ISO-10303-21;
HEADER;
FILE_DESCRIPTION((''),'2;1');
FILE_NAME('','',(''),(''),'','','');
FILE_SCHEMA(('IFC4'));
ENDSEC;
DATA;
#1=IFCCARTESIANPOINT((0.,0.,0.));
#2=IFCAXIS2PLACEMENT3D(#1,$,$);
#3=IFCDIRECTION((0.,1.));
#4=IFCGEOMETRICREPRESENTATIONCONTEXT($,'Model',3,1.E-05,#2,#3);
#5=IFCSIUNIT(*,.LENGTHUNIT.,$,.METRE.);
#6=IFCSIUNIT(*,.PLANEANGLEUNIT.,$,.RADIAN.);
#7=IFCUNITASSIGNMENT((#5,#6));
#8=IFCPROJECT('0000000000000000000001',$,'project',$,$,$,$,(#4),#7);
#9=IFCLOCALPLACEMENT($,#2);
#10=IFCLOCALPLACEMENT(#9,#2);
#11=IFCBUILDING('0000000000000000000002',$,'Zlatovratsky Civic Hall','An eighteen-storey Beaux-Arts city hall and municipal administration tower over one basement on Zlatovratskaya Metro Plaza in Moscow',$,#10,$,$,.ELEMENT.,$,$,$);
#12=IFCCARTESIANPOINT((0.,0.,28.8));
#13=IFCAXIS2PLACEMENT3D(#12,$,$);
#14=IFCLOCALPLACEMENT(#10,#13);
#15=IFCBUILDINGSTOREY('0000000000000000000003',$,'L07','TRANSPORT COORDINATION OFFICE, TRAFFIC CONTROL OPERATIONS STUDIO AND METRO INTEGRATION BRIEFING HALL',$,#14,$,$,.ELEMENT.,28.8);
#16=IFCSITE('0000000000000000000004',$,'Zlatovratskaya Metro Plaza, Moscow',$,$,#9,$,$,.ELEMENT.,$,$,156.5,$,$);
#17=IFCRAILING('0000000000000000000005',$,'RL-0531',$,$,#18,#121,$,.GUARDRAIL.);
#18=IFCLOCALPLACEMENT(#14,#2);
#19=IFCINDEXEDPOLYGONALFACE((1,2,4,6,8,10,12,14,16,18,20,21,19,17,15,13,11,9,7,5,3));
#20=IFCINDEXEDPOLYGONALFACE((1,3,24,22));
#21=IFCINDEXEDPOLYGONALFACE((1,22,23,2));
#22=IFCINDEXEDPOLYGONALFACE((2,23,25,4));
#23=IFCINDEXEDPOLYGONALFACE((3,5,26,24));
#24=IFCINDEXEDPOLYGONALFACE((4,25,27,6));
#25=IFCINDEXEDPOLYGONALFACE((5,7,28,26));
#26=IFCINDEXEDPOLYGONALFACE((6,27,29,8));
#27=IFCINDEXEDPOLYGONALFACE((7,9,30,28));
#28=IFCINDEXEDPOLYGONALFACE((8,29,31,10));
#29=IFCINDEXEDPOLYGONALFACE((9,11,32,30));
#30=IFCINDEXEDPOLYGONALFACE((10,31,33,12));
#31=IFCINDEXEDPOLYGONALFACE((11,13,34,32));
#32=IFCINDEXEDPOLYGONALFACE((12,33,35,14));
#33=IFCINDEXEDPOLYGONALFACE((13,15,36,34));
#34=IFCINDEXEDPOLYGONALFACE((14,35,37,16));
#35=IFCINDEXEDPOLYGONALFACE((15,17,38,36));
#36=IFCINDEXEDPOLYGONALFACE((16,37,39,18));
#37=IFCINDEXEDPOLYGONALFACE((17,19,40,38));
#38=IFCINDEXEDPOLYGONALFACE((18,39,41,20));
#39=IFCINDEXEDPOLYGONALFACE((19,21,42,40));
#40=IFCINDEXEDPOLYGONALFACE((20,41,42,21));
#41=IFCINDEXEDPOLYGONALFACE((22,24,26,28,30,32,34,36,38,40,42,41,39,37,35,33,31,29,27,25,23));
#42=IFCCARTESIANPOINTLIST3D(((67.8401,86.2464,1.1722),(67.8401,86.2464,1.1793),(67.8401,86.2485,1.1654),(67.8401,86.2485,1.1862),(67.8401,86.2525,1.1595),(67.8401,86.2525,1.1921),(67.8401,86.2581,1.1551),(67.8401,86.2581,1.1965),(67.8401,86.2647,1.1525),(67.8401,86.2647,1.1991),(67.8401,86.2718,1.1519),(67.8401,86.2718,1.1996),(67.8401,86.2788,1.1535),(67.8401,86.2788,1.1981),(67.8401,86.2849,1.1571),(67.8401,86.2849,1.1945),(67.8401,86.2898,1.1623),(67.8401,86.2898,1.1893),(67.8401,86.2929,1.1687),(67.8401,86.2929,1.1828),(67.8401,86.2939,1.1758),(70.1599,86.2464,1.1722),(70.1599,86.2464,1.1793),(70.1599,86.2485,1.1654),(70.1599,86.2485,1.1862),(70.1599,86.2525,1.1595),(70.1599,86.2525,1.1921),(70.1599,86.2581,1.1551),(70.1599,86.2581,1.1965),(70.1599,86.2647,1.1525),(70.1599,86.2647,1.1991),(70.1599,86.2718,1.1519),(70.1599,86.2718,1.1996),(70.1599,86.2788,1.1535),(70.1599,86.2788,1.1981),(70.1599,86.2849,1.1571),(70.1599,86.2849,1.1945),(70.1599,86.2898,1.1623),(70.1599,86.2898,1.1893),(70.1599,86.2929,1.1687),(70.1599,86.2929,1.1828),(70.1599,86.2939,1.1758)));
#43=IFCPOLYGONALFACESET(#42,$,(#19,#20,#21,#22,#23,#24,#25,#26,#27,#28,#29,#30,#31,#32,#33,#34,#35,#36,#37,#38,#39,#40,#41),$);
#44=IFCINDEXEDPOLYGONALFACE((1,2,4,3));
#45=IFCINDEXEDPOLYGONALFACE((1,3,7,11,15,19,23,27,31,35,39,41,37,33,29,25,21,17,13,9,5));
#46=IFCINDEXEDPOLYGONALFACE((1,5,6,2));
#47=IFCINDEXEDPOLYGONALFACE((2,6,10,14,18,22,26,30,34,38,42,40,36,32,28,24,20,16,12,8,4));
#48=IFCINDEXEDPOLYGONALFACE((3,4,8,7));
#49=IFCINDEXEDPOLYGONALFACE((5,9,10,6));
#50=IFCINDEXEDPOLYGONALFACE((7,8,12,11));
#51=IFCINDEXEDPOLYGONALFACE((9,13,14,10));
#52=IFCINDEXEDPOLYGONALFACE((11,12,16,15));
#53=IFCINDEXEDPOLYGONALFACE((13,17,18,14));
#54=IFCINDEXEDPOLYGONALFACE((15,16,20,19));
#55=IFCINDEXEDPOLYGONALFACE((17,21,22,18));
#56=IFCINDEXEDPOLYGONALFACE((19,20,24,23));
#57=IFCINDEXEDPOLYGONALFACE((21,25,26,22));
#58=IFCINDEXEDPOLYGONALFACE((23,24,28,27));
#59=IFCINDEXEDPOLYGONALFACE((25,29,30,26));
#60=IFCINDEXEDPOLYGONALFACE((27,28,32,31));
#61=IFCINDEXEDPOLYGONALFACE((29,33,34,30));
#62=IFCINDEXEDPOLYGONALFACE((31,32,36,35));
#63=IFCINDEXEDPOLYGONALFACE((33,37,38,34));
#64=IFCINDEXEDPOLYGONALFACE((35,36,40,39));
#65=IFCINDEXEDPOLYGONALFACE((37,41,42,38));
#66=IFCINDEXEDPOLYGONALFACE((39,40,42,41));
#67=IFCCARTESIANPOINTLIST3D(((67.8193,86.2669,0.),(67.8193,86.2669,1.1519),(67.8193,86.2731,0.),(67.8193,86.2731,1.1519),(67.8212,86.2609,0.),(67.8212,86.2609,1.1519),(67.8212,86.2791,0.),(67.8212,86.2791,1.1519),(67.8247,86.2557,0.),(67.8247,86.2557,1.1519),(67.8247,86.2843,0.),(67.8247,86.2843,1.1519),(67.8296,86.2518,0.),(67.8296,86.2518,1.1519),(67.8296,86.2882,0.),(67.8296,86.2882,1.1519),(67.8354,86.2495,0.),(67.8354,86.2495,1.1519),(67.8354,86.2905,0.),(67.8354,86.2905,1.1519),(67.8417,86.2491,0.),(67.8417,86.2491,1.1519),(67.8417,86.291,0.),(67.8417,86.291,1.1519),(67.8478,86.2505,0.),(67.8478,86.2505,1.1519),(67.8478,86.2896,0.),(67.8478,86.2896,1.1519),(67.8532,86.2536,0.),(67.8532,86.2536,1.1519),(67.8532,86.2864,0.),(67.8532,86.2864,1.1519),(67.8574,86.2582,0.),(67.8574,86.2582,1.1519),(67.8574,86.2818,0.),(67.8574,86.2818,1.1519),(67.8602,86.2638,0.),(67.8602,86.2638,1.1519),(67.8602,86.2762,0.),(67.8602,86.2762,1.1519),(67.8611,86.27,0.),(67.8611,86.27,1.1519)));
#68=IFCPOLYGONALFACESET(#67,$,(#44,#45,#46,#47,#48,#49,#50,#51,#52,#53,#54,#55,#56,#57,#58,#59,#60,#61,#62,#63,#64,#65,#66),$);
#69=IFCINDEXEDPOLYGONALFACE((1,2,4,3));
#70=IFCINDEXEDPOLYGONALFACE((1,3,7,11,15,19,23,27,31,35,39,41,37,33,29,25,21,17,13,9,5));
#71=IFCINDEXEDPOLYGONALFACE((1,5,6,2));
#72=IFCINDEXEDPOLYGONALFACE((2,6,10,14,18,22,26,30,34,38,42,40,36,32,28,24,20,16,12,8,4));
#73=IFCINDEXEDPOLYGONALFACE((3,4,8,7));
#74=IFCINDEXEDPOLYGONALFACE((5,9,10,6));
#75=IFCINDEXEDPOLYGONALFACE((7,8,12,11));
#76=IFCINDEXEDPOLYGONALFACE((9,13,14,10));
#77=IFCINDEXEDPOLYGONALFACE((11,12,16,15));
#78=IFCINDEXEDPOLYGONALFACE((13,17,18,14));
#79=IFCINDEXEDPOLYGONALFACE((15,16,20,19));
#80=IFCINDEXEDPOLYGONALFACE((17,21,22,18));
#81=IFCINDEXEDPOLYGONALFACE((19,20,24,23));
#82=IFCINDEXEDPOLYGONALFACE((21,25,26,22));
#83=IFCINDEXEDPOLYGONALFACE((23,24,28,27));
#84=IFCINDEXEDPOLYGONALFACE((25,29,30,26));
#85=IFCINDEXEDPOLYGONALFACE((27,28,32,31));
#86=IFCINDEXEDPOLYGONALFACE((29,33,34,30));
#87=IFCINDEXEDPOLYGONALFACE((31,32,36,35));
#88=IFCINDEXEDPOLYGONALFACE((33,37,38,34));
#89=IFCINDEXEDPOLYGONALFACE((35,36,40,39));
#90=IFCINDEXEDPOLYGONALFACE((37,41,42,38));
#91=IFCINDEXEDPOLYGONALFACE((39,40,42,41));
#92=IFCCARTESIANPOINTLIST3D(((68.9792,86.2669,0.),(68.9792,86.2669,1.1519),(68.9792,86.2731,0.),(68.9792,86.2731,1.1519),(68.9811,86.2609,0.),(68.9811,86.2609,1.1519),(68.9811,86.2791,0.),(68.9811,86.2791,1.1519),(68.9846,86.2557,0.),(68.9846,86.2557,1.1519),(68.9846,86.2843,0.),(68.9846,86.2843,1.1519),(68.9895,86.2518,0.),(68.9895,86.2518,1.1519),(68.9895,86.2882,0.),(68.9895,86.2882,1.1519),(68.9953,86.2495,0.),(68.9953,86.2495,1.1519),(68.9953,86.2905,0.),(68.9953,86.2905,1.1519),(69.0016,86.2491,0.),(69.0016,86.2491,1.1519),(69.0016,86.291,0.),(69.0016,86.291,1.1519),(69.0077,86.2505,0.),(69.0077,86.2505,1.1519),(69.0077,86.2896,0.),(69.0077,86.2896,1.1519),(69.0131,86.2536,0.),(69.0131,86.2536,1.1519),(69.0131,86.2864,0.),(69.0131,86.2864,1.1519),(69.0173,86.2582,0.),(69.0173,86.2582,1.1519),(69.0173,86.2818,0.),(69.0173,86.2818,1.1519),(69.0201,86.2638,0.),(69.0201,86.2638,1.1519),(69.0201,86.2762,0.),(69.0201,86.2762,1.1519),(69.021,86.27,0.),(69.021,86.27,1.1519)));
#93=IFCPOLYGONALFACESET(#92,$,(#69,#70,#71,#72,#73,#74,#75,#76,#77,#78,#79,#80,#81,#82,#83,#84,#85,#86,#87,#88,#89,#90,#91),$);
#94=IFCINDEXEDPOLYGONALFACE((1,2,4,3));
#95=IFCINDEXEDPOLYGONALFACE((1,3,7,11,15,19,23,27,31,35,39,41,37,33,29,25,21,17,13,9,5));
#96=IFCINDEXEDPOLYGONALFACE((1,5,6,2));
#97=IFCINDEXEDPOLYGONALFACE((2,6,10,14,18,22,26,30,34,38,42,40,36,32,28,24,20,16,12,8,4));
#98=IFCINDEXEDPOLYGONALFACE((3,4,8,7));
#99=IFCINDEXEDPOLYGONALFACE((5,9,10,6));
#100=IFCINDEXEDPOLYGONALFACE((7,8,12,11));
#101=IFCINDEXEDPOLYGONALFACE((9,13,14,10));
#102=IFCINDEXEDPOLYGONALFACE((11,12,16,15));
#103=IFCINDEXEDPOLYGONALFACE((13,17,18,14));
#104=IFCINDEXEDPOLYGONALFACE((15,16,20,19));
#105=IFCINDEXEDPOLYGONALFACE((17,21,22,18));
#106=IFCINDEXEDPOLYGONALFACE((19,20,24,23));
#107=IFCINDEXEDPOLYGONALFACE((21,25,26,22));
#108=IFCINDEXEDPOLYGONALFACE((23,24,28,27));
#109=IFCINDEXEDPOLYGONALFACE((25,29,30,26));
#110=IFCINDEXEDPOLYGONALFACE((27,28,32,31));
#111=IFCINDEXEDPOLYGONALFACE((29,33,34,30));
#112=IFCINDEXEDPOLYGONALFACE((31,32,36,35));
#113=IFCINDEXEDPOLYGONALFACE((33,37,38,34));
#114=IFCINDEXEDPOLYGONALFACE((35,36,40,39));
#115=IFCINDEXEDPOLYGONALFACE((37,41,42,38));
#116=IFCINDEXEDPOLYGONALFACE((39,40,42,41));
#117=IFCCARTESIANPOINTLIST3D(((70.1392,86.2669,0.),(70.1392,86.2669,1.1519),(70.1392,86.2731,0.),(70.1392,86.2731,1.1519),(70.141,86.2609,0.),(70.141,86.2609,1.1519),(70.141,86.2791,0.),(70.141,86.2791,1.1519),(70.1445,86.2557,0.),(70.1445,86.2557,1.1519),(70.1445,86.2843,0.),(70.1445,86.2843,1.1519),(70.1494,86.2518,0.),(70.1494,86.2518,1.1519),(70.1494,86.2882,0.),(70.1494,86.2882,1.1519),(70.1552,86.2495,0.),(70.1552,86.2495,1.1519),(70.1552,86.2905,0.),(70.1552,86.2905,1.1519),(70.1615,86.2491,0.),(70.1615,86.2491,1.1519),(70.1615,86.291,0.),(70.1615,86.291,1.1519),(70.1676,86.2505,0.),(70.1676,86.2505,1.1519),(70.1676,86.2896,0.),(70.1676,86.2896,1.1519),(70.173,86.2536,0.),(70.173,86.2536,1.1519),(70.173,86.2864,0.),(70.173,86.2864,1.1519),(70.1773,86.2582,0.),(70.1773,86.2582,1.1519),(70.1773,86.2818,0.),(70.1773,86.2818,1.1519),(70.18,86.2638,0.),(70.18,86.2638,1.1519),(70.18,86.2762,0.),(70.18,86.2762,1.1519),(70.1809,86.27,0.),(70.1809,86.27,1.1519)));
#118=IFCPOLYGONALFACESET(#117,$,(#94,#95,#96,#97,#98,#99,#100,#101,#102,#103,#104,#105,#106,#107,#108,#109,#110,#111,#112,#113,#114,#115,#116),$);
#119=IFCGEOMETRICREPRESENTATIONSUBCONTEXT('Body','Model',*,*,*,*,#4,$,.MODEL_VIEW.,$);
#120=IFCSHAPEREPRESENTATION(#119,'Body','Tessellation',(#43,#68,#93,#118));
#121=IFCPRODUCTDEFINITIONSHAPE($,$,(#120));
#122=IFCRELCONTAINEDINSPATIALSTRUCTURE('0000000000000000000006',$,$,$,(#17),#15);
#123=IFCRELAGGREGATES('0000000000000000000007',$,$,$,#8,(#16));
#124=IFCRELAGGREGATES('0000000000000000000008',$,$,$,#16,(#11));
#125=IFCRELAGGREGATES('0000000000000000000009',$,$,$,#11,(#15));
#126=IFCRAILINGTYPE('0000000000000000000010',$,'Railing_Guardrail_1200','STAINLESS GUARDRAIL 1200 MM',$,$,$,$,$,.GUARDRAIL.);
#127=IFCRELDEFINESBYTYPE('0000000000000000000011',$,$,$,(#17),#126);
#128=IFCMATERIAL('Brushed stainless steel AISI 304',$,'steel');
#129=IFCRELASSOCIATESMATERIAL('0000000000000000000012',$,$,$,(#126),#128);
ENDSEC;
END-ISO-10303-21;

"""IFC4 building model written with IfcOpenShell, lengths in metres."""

from ifc_helpers import new_model, si_unit, direction, frame, origin, origin_2d, place, context, subcontext, project, spatial, circle, extrude, material, type_object, element, save


model = new_model("IFC4")

# Units and contexts
model_context = context("Model", 3, precision=1e-05, world=origin(), true_north=direction((0.0, 1.0)))
body_context = subcontext(model_context, "Body", "Model", "MODEL_VIEW")
ifc_project = project(units=[si_unit("LENGTHUNIT", "METRE"), si_unit("PLANEANGLEUNIT", "RADIAN")], contexts=[model_context])

# Site, building, storey
site_placement = place(None, origin())
site = spatial("IfcSite", under=ifc_project, at=site_placement, Name="Zlatovratskaya Metro Plaza, Moscow", CompositionType="ELEMENT", RefElevation=156.5)
building_placement = place(site_placement, origin())
building = spatial("IfcBuilding", under=site, at=building_placement, Name="Zlatovratsky Civic Hall", Description="An eighteen-storey Beaux-Arts city hall and municipal administration tower over one basement on Zlatovratskaya Metro Plaza in Moscow", CompositionType="ELEMENT")
storey_placement = place(building_placement, frame((0.0, 0.0, 28.8)))
storey = spatial("IfcBuildingStorey", under=building, at=storey_placement, Name="L07", Description="TRANSPORT COORDINATION OFFICE, TRAFFIC CONTROL OPERATIONS STUDIO AND METRO INTEGRATION BRIEFING HALL", CompositionType="ELEMENT", Elevation=28.8)

# Railing
ifc_material_1 = material(Name="Brushed stainless steel AISI 304", Category="steel")
railing_type_1 = type_object("IfcRailingType", Name="Railing_Guardrail_1200", Description="STAINLESS GUARDRAIL 1200 MM", PredefinedType="GUARDRAIL", material=ifc_material_1)
railing_1_placement = place(storey_placement, frame((67.8401, 86.27, 0.0)))
element("IfcRailing", 1, at=railing_1_placement, inside=storey, type_object=railing_type_1, Name="RL-0531", PredefinedType="GUARDRAIL", context=body_context, shape_type="SweptSolid", body=[
    extrude(circle(Radius=0.0239, at=origin_2d()), frame((0.0, 0.0, 1.1758), z_axis=(1.0, 0.0, 0.0), x_axis=(0.0, 1.0, 0.0)), (0.0, 0.0, 1.0), 2.3198),
    extrude(circle(Radius=0.021, at=origin_2d()), origin(), (0.0, 0.0, 1.0), 1.1519),
    extrude(circle(Radius=0.021, at=origin_2d()), frame((1.1599, 0.0, 0.0)), (0.0, 0.0, 1.0), 1.1519),
    extrude(circle(Radius=0.021, at=origin_2d()), frame((2.3198, 0.0, 0.0)), (0.0, 0.0, 1.0), 1.1519),
])

save(model, "model.ifc")
